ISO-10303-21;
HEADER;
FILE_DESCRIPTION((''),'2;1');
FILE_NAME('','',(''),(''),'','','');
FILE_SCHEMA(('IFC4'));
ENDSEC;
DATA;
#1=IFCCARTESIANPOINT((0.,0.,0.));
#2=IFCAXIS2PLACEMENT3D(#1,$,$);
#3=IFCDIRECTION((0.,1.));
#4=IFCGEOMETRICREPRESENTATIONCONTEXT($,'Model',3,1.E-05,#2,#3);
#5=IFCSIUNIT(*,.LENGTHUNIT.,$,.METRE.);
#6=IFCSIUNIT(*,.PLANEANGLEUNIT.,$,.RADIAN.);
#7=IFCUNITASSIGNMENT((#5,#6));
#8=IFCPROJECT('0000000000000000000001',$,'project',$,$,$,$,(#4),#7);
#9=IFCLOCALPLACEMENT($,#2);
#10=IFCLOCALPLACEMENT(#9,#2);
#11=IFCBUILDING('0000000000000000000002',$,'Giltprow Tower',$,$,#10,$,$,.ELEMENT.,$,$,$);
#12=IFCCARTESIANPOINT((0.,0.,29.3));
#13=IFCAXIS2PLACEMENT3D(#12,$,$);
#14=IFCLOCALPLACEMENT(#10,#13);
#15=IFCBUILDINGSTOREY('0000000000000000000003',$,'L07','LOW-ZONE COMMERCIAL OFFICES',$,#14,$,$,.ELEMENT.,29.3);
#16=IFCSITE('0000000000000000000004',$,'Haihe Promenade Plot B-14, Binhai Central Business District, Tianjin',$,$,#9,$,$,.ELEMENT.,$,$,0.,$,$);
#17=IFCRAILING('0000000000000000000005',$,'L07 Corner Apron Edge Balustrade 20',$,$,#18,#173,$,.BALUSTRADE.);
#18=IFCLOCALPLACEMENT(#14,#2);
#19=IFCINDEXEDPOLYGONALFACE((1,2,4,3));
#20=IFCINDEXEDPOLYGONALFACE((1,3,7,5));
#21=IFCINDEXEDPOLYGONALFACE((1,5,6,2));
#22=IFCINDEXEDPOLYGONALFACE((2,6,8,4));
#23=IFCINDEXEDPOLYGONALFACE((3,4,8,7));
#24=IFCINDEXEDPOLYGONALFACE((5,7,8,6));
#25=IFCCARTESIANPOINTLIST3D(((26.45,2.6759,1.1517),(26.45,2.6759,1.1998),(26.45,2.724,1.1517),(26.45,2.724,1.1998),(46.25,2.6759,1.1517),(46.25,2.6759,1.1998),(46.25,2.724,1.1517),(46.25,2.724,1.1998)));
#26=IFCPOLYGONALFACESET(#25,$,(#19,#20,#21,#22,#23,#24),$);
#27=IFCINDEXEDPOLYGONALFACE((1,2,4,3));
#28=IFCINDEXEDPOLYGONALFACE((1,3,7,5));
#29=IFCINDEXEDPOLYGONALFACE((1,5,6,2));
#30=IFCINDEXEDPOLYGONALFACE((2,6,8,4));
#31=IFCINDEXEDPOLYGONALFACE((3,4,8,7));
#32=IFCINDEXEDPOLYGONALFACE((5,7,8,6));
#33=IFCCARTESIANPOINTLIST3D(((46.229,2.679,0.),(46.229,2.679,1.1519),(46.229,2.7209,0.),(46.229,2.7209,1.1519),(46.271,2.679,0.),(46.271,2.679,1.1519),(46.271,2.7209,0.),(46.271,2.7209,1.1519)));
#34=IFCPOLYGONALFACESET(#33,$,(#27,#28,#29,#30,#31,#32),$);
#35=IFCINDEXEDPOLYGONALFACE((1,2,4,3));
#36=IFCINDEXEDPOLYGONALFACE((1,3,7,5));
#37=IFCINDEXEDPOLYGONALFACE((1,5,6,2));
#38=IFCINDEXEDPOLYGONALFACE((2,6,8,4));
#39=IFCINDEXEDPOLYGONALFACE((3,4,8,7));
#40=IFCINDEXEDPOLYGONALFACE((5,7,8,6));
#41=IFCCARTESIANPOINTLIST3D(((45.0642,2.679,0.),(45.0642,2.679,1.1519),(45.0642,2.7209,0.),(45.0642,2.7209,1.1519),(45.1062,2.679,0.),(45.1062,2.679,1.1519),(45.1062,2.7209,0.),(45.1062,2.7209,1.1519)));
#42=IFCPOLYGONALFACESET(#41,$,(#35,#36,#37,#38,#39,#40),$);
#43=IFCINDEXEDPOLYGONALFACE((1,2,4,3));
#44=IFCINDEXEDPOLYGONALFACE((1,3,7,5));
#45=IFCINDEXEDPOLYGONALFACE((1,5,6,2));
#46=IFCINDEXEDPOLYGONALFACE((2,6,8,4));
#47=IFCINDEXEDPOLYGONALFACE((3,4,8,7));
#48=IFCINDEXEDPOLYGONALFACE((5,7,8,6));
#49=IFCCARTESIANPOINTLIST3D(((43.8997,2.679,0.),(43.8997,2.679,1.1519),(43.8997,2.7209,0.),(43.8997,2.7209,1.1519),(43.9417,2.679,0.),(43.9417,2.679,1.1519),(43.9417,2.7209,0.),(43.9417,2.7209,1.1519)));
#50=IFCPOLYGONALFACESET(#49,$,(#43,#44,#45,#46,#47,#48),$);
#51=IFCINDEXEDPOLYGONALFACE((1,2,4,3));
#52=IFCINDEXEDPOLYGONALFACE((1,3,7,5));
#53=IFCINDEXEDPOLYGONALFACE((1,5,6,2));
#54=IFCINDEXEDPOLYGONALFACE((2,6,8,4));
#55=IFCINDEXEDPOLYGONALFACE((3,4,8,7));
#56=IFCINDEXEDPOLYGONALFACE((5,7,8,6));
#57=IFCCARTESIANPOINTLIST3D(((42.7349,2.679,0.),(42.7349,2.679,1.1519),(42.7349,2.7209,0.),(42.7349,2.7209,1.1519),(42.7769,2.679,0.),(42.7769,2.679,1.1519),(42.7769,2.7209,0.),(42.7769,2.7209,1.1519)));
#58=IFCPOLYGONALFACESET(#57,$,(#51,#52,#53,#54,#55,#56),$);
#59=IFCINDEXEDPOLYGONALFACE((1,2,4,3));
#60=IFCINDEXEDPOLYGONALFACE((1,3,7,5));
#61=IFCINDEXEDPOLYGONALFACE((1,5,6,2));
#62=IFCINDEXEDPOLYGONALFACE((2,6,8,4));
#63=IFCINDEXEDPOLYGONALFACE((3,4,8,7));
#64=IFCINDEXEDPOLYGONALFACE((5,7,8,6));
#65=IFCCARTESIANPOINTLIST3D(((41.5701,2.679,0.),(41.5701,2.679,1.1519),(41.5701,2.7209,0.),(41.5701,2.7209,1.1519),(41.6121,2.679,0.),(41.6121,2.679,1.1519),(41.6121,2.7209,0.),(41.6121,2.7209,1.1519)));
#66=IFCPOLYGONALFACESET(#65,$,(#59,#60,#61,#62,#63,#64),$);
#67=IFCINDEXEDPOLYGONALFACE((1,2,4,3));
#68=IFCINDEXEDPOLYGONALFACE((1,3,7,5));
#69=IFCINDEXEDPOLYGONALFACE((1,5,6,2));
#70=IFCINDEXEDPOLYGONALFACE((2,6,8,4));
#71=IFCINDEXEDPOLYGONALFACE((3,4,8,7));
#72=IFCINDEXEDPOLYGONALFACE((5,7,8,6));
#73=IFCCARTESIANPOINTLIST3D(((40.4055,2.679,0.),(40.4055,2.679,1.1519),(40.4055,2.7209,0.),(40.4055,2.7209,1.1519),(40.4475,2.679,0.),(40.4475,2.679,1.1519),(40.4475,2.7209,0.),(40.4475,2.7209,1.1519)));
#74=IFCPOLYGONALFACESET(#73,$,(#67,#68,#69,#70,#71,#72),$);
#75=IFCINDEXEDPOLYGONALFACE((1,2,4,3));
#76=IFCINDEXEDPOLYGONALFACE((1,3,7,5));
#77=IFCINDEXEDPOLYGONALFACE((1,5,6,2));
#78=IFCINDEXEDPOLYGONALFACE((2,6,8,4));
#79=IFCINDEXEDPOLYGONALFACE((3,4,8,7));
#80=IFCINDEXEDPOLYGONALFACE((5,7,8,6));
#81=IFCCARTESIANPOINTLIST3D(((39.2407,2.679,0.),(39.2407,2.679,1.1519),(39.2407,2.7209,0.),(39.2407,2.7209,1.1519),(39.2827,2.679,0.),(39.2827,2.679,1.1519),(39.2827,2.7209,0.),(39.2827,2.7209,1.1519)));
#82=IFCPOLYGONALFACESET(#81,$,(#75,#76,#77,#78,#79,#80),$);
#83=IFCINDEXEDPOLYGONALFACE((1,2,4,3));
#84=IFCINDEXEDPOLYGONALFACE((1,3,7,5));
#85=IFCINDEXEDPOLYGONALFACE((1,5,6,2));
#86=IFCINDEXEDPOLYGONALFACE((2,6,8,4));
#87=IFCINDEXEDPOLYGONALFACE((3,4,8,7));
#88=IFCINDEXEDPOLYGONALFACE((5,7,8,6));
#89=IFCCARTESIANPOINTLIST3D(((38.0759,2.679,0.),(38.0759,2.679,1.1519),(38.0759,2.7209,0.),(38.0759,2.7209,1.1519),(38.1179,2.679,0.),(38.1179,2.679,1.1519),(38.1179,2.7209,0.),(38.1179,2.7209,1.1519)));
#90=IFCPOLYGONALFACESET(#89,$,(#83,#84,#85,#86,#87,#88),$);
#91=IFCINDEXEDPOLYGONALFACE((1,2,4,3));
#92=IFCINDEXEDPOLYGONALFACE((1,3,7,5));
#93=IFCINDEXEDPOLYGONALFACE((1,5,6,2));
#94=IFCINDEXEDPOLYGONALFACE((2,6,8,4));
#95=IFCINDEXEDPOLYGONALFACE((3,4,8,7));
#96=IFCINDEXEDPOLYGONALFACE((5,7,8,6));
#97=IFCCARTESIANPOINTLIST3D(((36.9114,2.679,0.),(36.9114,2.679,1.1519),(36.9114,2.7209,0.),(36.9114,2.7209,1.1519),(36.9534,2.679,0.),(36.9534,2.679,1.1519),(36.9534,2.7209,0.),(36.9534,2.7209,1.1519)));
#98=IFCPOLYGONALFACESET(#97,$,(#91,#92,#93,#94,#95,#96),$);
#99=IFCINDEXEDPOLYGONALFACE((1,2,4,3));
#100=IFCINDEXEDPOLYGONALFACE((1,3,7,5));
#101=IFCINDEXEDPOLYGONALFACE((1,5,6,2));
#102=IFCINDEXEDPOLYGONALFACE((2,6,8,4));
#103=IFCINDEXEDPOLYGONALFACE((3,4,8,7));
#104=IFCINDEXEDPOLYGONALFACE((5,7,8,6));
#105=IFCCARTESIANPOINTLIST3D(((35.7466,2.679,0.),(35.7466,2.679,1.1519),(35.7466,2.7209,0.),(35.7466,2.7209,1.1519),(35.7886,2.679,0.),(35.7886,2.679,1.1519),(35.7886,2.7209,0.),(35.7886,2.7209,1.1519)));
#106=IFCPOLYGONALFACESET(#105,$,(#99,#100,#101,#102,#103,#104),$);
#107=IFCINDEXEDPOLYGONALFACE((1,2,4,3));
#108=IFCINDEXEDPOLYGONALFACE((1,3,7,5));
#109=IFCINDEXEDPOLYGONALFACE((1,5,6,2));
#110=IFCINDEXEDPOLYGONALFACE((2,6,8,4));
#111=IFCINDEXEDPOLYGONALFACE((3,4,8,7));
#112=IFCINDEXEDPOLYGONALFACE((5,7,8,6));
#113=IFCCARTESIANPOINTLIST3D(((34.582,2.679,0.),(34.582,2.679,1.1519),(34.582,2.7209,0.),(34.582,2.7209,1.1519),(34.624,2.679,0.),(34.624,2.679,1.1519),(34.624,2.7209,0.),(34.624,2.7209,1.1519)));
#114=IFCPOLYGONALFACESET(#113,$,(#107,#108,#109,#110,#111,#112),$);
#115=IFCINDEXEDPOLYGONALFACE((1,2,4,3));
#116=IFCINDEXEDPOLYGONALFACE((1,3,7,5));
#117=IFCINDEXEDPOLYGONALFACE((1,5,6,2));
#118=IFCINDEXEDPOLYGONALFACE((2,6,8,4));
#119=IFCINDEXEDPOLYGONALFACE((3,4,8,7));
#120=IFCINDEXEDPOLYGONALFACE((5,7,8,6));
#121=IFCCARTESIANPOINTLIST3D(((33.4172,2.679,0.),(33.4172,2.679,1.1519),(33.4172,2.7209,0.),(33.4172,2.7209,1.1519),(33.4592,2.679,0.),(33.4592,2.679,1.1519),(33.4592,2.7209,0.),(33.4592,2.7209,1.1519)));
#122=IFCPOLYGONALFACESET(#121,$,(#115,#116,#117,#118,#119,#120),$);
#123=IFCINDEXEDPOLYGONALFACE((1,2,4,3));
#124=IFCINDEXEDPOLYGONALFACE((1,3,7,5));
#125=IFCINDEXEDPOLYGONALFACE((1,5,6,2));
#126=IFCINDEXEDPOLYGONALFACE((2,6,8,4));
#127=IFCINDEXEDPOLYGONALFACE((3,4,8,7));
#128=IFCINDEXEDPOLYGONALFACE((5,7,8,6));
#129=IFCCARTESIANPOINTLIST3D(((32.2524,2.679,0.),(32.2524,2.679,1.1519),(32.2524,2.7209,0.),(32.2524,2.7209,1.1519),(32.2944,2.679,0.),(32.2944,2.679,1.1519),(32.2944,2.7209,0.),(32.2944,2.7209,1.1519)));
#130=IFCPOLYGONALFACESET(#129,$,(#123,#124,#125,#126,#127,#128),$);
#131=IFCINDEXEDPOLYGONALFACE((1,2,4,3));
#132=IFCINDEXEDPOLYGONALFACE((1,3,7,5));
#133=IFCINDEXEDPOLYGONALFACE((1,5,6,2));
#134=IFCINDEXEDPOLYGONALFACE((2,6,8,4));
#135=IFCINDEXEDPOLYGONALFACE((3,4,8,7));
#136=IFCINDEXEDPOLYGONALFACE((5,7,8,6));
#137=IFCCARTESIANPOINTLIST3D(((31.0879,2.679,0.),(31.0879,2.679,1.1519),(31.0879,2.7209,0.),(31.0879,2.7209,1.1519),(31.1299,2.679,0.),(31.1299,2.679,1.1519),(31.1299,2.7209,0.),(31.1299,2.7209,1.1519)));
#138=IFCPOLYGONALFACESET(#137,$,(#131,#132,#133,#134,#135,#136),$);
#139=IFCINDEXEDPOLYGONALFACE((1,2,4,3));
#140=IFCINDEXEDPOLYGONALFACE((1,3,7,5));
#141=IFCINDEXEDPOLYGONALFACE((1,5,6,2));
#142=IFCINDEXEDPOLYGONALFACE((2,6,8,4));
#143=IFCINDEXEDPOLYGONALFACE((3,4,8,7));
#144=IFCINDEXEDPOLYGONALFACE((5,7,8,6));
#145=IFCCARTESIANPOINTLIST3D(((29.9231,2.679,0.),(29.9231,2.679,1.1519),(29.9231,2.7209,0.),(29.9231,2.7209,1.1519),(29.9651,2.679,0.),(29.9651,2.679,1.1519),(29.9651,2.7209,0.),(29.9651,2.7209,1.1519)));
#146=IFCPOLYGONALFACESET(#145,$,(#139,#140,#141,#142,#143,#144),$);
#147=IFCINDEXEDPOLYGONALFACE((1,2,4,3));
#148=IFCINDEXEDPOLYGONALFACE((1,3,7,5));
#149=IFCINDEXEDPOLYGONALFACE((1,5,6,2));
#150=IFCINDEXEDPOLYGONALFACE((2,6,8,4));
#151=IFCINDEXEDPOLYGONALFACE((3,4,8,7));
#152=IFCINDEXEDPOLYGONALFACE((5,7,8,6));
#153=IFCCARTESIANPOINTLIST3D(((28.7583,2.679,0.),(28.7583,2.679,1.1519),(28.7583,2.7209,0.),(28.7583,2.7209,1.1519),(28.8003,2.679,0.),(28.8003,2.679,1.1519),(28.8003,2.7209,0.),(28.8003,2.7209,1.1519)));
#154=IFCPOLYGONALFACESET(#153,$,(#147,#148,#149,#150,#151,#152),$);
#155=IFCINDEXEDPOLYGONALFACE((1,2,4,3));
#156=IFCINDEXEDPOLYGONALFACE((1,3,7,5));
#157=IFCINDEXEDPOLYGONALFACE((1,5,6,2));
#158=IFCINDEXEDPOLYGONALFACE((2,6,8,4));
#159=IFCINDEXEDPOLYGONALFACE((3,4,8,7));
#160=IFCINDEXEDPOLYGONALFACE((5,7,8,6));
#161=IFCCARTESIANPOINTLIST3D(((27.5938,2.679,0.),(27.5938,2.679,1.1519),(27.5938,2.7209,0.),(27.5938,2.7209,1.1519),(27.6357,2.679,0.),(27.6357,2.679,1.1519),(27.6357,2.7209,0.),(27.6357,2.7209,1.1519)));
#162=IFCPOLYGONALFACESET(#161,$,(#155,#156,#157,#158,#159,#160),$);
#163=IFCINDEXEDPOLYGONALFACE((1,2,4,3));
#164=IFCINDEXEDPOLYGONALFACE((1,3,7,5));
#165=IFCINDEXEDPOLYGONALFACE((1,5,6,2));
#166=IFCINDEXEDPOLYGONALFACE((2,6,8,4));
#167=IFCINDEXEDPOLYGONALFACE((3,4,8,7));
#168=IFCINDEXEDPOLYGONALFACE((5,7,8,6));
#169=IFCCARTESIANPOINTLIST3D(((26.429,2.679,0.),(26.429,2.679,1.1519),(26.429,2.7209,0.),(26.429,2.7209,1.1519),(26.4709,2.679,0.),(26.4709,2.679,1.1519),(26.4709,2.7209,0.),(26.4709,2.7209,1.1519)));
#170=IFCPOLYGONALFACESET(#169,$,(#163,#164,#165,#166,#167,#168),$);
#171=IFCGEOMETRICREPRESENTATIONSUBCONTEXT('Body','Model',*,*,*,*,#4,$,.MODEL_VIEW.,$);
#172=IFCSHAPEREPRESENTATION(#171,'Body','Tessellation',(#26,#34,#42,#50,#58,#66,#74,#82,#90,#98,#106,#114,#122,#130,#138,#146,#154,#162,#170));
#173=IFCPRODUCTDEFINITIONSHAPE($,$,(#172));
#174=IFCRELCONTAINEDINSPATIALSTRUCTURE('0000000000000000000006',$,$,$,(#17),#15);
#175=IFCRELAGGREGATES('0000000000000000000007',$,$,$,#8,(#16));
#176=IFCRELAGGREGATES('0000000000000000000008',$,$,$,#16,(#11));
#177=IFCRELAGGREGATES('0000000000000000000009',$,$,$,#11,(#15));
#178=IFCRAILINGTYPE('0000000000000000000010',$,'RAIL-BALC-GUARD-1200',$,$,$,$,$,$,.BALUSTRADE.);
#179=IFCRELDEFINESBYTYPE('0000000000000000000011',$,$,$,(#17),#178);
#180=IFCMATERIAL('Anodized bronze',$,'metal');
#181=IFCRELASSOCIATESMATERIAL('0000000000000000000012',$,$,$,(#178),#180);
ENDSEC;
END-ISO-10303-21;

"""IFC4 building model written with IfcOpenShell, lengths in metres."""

from ifc_helpers import new_model, si_unit, direction, frame, origin, origin_2d, place, context, subcontext, project, spatial, rectangle, extrude, material, type_object, element, save


model = new_model("IFC4")

# Units and contexts
model_context = context("Model", 3, precision=1e-05, world=origin(), true_north=direction((0.0, 1.0)))
body_context = subcontext(model_context, "Body", "Model", "MODEL_VIEW")
ifc_project = project(units=[si_unit("LENGTHUNIT", "METRE"), si_unit("PLANEANGLEUNIT", "RADIAN")], contexts=[model_context])

# Site, building, storey
site_placement = place(None, origin())
site = spatial("IfcSite", under=ifc_project, at=site_placement, Name="Haihe Promenade Plot B-14, Binhai Central Business District, Tianjin", CompositionType="ELEMENT", RefElevation=0.0)
building_placement = place(site_placement, origin())
building = spatial("IfcBuilding", under=site, at=building_placement, Name="Giltprow Tower", CompositionType="ELEMENT")
storey_placement = place(building_placement, frame((0.0, 0.0, 29.3)))
storey = spatial("IfcBuildingStorey", under=building, at=storey_placement, Name="L07", Description="LOW-ZONE COMMERCIAL OFFICES", CompositionType="ELEMENT", Elevation=29.3)

# Shared definitions
ifc_material_1 = material(Name="Anodized bronze", Category="metal")

# Railing
railing_type = type_object("IfcRailingType", Name="RAIL-BALC-GUARD-1200", PredefinedType="BALUSTRADE", material=ifc_material_1)
railing_1_placement = place(storey_placement, frame((46.25, 2.7, 0.0)))
element("IfcRailing", 1, at=railing_1_placement, inside=storey, type_object=railing_type, Name="L07 Corner Apron Edge Balustrade 20", PredefinedType="BALUSTRADE", context=body_context, shape_type="SweptSolid", body=[
    extrude(rectangle(XDim=0.0481, YDim=0.0481, at=origin_2d()), frame((0.0, 0.0, 1.1758), z_axis=(-1.0, 0.0, 0.0), x_axis=(0.0, -1.0, 0.0)), (0.0, 0.0, 1.0), 19.8),
    extrude(rectangle(XDim=0.042, YDim=0.042, at=origin_2d()), origin(), (0.0, 0.0, 1.0), 1.1519),
    extrude(rectangle(XDim=0.042, YDim=0.042, at=origin_2d()), frame((-1.1648, 0.0, 0.0)), (0.0, 0.0, 1.0), 1.1519),
    extrude(rectangle(XDim=0.042, YDim=0.042, at=origin_2d()), frame((-2.3293, 0.0, 0.0)), (0.0, 0.0, 1.0), 1.1519),
    extrude(rectangle(XDim=0.042, YDim=0.042, at=origin_2d()), frame((-3.4941, 0.0, 0.0)), (0.0, 0.0, 1.0), 1.1519),
    extrude(rectangle(XDim=0.042, YDim=0.042, at=origin_2d()), frame((-4.6589, 0.0, 0.0)), (0.0, 0.0, 1.0), 1.1519),
    extrude(rectangle(XDim=0.042, YDim=0.042, at=origin_2d()), frame((-5.8235, 0.0, 0.0)), (0.0, 0.0, 1.0), 1.1519),
    extrude(rectangle(XDim=0.042, YDim=0.042, at=origin_2d()), frame((-6.9883, 0.0, 0.0)), (0.0, 0.0, 1.0), 1.1519),
    extrude(rectangle(XDim=0.042, YDim=0.042, at=origin_2d()), frame((-8.1531, 0.0, 0.0)), (0.0, 0.0, 1.0), 1.1519),
    extrude(rectangle(XDim=0.042, YDim=0.042, at=origin_2d()), frame((-9.3176, 0.0, 0.0)), (0.0, 0.0, 1.0), 1.1519),
    extrude(rectangle(XDim=0.042, YDim=0.042, at=origin_2d()), frame((-10.4824, 0.0, 0.0)), (0.0, 0.0, 1.0), 1.1519),
    extrude(rectangle(XDim=0.042, YDim=0.042, at=origin_2d()), frame((-11.647, 0.0, 0.0)), (0.0, 0.0, 1.0), 1.1519),
    extrude(rectangle(XDim=0.042, YDim=0.042, at=origin_2d()), frame((-12.8118, 0.0, 0.0)), (0.0, 0.0, 1.0), 1.1519),
    extrude(rectangle(XDim=0.042, YDim=0.042, at=origin_2d()), frame((-13.9766, 0.0, 0.0)), (0.0, 0.0, 1.0), 1.1519),
    extrude(rectangle(XDim=0.042, YDim=0.042, at=origin_2d()), frame((-15.1411, 0.0, 0.0)), (0.0, 0.0, 1.0), 1.1519),
    extrude(rectangle(XDim=0.042, YDim=0.042, at=origin_2d()), frame((-16.3059, 0.0, 0.0)), (0.0, 0.0, 1.0), 1.1519),
    extrude(rectangle(XDim=0.042, YDim=0.042, at=origin_2d()), frame((-17.4707, 0.0, 0.0)), (0.0, 0.0, 1.0), 1.1519),
    extrude(rectangle(XDim=0.042, YDim=0.042, at=origin_2d()), frame((-18.6353, 0.0, 0.0)), (0.0, 0.0, 1.0), 1.1519),
    extrude(rectangle(XDim=0.042, YDim=0.042, at=origin_2d()), frame((-19.8, 0.0, 0.0)), (0.0, 0.0, 1.0), 1.1519),
])

save(model, "model.ifc")
